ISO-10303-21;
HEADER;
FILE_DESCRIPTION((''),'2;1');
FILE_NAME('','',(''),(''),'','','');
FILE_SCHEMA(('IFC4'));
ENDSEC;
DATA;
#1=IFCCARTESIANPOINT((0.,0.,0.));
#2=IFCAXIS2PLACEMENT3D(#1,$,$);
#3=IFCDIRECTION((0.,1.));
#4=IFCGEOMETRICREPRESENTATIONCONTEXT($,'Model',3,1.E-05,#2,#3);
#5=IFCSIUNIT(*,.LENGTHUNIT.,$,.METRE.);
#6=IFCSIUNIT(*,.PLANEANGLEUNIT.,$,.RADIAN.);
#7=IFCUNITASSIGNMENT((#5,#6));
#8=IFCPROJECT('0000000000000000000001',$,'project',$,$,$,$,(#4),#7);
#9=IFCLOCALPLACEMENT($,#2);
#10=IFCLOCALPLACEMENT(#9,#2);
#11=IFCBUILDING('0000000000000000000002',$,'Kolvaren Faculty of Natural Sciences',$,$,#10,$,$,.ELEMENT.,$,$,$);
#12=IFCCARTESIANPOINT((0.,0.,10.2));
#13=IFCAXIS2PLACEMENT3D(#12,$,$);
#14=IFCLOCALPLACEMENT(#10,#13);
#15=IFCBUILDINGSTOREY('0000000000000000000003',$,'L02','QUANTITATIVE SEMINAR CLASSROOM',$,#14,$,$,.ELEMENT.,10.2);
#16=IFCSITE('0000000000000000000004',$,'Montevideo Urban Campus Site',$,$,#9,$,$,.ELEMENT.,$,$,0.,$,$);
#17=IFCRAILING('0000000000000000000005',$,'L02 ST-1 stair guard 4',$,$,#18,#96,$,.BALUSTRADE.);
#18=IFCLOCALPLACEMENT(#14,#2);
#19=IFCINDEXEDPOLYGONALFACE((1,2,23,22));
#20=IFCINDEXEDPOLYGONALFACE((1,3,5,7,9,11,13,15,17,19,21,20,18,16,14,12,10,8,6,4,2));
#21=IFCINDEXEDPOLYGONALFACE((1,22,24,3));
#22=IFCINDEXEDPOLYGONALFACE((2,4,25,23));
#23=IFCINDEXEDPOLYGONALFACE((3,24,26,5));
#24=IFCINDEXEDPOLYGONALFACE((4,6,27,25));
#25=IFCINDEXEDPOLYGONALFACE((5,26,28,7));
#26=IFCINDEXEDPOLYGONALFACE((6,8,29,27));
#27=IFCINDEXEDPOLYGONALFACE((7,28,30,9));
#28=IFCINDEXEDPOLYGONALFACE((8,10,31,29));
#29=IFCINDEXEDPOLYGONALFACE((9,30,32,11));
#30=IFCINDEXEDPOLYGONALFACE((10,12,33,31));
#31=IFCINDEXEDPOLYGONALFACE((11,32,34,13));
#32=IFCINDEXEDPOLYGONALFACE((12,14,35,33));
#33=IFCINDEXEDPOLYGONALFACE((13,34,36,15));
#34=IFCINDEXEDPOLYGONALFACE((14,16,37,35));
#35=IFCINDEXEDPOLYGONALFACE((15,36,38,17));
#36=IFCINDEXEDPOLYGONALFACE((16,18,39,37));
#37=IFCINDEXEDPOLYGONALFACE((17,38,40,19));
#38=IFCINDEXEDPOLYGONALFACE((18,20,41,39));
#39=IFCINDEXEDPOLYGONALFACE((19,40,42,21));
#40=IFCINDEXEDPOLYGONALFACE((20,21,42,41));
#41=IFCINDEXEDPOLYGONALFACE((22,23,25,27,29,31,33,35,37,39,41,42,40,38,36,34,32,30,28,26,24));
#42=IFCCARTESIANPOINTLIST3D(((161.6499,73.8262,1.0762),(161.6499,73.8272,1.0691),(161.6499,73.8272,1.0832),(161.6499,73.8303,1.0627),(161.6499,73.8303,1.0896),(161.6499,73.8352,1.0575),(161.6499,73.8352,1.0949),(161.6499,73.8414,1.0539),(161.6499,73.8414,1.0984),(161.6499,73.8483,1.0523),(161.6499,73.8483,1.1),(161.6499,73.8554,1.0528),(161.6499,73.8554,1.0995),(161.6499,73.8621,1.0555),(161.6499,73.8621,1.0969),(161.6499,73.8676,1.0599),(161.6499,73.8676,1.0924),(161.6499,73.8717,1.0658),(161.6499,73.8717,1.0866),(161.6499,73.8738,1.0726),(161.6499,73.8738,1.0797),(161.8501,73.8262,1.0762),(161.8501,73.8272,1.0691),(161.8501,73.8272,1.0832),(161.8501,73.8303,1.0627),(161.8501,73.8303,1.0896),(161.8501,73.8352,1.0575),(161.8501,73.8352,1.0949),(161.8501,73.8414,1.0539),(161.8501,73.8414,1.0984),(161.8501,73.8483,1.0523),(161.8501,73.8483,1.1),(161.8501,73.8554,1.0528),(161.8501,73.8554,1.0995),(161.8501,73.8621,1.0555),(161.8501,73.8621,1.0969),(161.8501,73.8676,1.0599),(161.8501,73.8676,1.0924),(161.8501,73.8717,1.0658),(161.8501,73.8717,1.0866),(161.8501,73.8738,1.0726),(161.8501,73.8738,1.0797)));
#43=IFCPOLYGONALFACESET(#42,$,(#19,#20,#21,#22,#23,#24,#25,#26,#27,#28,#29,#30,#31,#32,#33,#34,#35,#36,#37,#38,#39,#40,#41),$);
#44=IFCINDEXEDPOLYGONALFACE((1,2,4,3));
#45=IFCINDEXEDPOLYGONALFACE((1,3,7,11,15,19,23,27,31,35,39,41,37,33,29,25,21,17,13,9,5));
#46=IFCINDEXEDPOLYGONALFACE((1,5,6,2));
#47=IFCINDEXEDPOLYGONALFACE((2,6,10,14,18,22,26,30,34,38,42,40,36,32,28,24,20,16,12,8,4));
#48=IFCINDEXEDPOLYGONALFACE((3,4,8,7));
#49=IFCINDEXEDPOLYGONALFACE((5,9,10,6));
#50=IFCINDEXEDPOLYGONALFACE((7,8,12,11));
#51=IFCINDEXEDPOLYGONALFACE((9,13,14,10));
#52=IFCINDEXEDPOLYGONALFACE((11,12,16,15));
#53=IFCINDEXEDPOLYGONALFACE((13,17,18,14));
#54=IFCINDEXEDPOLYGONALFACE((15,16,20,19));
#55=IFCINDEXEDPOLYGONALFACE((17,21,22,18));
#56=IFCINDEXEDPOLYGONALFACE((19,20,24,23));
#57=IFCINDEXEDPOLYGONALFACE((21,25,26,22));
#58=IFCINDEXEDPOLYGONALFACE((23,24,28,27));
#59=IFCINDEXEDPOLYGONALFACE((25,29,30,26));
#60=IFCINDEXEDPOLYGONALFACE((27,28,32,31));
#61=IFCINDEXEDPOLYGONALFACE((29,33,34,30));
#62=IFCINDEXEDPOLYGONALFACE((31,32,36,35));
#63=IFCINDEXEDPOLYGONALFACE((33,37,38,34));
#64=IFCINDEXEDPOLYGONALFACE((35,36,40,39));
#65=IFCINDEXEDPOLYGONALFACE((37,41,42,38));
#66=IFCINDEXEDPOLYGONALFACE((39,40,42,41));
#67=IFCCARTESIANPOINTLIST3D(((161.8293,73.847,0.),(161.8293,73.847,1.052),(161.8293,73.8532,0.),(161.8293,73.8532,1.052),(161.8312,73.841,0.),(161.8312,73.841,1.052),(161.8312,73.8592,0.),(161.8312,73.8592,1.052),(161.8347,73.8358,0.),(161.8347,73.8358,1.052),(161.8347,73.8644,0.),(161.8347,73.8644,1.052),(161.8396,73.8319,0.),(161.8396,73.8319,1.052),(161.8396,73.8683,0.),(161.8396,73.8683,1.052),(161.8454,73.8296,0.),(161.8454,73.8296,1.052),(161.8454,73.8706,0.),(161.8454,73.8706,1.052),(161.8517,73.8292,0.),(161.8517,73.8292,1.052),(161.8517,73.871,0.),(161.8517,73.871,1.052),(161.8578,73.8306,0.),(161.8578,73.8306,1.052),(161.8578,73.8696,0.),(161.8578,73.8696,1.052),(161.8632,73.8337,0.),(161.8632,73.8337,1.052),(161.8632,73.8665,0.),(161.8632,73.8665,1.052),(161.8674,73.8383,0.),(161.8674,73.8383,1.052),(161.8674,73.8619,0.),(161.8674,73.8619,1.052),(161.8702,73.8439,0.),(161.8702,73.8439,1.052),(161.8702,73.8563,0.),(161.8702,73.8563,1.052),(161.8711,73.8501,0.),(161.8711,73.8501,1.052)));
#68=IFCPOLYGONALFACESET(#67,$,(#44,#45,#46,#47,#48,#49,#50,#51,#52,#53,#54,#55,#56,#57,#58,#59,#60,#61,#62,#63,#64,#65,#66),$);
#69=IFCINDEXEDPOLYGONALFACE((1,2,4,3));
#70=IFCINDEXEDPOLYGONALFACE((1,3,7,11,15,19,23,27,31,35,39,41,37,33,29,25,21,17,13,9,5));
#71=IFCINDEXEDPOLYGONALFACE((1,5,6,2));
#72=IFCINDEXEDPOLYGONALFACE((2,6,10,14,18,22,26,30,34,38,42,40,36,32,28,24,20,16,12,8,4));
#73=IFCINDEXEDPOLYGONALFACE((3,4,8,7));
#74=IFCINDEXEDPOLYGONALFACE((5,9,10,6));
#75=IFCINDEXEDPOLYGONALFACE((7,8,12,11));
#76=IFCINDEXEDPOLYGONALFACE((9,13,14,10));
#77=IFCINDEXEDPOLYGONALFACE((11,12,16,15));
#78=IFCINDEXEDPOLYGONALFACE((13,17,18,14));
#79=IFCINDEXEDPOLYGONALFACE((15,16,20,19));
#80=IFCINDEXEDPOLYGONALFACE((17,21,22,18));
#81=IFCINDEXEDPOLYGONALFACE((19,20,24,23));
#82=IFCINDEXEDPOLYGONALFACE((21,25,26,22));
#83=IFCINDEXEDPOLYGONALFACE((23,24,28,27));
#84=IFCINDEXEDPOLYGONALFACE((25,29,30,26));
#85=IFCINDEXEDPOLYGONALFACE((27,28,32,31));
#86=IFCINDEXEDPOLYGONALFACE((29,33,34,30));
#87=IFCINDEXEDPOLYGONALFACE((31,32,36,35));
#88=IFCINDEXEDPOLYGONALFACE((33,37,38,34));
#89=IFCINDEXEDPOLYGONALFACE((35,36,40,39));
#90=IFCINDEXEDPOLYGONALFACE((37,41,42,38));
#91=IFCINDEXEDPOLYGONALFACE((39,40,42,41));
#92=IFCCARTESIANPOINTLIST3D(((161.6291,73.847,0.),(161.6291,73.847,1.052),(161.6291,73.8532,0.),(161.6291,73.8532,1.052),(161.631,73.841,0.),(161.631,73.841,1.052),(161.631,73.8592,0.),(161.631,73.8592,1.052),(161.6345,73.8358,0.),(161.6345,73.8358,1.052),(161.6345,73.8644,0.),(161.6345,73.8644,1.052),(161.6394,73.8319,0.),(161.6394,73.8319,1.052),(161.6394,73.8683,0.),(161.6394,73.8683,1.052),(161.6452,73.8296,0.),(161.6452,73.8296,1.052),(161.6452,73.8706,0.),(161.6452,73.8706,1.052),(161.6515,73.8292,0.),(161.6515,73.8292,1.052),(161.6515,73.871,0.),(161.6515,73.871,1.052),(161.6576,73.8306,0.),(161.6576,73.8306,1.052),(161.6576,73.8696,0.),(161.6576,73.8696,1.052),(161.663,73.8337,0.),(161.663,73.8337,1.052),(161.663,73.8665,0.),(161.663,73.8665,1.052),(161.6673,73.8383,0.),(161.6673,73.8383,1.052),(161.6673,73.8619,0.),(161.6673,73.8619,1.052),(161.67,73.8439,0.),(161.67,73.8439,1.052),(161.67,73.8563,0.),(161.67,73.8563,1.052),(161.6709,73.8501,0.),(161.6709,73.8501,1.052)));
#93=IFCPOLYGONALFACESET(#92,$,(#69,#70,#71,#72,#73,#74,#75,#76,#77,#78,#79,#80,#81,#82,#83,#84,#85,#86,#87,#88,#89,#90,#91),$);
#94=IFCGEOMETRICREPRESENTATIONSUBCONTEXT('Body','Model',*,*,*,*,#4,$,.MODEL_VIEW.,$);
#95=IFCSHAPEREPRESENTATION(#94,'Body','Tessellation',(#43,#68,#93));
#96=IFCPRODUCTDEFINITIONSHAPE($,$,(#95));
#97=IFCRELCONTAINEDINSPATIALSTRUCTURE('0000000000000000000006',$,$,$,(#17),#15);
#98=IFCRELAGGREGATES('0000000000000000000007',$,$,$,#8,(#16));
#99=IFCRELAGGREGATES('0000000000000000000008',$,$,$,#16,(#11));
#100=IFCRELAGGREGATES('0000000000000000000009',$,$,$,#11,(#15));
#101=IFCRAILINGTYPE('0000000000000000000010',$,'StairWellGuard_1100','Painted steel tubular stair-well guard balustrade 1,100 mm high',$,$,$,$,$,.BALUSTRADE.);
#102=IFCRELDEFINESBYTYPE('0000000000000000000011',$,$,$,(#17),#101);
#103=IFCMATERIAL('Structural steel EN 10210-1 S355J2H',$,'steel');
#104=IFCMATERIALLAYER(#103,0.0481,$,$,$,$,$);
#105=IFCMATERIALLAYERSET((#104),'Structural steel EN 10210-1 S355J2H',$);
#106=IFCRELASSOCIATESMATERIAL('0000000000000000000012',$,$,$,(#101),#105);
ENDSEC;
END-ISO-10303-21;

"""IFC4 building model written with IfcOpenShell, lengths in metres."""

from ifc_helpers import new_model, si_unit, direction, frame, origin, origin_2d, place, context, subcontext, project, spatial, circle, extrude, material, layer, layer_set, type_object, element, save


model = new_model("IFC4")

# Units and contexts
model_context = context("Model", 3, precision=1e-05, world=origin(), true_north=direction((0.0, 1.0)))
body_context = subcontext(model_context, "Body", "Model", "MODEL_VIEW")
ifc_project = project(units=[si_unit("LENGTHUNIT", "METRE"), si_unit("PLANEANGLEUNIT", "RADIAN")], contexts=[model_context])

# Site, building, storey
site_placement = place(None, origin())
site = spatial("IfcSite", under=ifc_project, at=site_placement, Name="Montevideo Urban Campus Site", CompositionType="ELEMENT", RefElevation=0.0)
building_placement = place(site_placement, origin())
building = spatial("IfcBuilding", under=site, at=building_placement, Name="Kolvaren Faculty of Natural Sciences", CompositionType="ELEMENT")
storey_placement = place(building_placement, frame((0.0, 0.0, 10.2)))
storey = spatial("IfcBuildingStorey", under=building, at=storey_placement, Name="L02", Description="QUANTITATIVE SEMINAR CLASSROOM", CompositionType="ELEMENT", Elevation=10.2)

# Railing
ifc_material_1 = material(Name="Structural steel EN 10210-1 S355J2H", Category="steel")
ifc_layer_1 = layer(ifc_material_1, 0.0481)
ifc_layer_set_1 = layer_set([ifc_layer_1], Name="Structural steel EN 10210-1 S355J2H")
railing_type_1 = type_object("IfcRailingType", Name="StairWellGuard_1100", Description="Painted steel tubular stair-well guard balustrade 1,100 mm high", PredefinedType="BALUSTRADE", material=ifc_layer_set_1)
railing_1_placement = place(storey_placement, frame((161.8501, 73.8501, 0.0)))
element("IfcRailing", 1, at=railing_1_placement, inside=storey, type_object=railing_type_1, Name="L02 ST-1 stair guard 4", PredefinedType="BALUSTRADE", context=body_context, shape_type="SweptSolid", body=[
    extrude(circle(Radius=0.0239, at=origin_2d()), frame((0.0, 0.0, 1.0762), z_axis=(-1.0, 0.0, 0.0), x_axis=(0.0, -1.0, 0.0)), (0.0, 0.0, 1.0), 0.2002),
    extrude(circle(Radius=0.021, at=origin_2d()), origin(), (0.0, 0.0, 1.0), 1.052),
    extrude(circle(Radius=0.021, at=origin_2d()), frame((-0.2002, 0.0, 0.0)), (0.0, 0.0, 1.0), 1.052),
])

save(model, "model.ifc")
